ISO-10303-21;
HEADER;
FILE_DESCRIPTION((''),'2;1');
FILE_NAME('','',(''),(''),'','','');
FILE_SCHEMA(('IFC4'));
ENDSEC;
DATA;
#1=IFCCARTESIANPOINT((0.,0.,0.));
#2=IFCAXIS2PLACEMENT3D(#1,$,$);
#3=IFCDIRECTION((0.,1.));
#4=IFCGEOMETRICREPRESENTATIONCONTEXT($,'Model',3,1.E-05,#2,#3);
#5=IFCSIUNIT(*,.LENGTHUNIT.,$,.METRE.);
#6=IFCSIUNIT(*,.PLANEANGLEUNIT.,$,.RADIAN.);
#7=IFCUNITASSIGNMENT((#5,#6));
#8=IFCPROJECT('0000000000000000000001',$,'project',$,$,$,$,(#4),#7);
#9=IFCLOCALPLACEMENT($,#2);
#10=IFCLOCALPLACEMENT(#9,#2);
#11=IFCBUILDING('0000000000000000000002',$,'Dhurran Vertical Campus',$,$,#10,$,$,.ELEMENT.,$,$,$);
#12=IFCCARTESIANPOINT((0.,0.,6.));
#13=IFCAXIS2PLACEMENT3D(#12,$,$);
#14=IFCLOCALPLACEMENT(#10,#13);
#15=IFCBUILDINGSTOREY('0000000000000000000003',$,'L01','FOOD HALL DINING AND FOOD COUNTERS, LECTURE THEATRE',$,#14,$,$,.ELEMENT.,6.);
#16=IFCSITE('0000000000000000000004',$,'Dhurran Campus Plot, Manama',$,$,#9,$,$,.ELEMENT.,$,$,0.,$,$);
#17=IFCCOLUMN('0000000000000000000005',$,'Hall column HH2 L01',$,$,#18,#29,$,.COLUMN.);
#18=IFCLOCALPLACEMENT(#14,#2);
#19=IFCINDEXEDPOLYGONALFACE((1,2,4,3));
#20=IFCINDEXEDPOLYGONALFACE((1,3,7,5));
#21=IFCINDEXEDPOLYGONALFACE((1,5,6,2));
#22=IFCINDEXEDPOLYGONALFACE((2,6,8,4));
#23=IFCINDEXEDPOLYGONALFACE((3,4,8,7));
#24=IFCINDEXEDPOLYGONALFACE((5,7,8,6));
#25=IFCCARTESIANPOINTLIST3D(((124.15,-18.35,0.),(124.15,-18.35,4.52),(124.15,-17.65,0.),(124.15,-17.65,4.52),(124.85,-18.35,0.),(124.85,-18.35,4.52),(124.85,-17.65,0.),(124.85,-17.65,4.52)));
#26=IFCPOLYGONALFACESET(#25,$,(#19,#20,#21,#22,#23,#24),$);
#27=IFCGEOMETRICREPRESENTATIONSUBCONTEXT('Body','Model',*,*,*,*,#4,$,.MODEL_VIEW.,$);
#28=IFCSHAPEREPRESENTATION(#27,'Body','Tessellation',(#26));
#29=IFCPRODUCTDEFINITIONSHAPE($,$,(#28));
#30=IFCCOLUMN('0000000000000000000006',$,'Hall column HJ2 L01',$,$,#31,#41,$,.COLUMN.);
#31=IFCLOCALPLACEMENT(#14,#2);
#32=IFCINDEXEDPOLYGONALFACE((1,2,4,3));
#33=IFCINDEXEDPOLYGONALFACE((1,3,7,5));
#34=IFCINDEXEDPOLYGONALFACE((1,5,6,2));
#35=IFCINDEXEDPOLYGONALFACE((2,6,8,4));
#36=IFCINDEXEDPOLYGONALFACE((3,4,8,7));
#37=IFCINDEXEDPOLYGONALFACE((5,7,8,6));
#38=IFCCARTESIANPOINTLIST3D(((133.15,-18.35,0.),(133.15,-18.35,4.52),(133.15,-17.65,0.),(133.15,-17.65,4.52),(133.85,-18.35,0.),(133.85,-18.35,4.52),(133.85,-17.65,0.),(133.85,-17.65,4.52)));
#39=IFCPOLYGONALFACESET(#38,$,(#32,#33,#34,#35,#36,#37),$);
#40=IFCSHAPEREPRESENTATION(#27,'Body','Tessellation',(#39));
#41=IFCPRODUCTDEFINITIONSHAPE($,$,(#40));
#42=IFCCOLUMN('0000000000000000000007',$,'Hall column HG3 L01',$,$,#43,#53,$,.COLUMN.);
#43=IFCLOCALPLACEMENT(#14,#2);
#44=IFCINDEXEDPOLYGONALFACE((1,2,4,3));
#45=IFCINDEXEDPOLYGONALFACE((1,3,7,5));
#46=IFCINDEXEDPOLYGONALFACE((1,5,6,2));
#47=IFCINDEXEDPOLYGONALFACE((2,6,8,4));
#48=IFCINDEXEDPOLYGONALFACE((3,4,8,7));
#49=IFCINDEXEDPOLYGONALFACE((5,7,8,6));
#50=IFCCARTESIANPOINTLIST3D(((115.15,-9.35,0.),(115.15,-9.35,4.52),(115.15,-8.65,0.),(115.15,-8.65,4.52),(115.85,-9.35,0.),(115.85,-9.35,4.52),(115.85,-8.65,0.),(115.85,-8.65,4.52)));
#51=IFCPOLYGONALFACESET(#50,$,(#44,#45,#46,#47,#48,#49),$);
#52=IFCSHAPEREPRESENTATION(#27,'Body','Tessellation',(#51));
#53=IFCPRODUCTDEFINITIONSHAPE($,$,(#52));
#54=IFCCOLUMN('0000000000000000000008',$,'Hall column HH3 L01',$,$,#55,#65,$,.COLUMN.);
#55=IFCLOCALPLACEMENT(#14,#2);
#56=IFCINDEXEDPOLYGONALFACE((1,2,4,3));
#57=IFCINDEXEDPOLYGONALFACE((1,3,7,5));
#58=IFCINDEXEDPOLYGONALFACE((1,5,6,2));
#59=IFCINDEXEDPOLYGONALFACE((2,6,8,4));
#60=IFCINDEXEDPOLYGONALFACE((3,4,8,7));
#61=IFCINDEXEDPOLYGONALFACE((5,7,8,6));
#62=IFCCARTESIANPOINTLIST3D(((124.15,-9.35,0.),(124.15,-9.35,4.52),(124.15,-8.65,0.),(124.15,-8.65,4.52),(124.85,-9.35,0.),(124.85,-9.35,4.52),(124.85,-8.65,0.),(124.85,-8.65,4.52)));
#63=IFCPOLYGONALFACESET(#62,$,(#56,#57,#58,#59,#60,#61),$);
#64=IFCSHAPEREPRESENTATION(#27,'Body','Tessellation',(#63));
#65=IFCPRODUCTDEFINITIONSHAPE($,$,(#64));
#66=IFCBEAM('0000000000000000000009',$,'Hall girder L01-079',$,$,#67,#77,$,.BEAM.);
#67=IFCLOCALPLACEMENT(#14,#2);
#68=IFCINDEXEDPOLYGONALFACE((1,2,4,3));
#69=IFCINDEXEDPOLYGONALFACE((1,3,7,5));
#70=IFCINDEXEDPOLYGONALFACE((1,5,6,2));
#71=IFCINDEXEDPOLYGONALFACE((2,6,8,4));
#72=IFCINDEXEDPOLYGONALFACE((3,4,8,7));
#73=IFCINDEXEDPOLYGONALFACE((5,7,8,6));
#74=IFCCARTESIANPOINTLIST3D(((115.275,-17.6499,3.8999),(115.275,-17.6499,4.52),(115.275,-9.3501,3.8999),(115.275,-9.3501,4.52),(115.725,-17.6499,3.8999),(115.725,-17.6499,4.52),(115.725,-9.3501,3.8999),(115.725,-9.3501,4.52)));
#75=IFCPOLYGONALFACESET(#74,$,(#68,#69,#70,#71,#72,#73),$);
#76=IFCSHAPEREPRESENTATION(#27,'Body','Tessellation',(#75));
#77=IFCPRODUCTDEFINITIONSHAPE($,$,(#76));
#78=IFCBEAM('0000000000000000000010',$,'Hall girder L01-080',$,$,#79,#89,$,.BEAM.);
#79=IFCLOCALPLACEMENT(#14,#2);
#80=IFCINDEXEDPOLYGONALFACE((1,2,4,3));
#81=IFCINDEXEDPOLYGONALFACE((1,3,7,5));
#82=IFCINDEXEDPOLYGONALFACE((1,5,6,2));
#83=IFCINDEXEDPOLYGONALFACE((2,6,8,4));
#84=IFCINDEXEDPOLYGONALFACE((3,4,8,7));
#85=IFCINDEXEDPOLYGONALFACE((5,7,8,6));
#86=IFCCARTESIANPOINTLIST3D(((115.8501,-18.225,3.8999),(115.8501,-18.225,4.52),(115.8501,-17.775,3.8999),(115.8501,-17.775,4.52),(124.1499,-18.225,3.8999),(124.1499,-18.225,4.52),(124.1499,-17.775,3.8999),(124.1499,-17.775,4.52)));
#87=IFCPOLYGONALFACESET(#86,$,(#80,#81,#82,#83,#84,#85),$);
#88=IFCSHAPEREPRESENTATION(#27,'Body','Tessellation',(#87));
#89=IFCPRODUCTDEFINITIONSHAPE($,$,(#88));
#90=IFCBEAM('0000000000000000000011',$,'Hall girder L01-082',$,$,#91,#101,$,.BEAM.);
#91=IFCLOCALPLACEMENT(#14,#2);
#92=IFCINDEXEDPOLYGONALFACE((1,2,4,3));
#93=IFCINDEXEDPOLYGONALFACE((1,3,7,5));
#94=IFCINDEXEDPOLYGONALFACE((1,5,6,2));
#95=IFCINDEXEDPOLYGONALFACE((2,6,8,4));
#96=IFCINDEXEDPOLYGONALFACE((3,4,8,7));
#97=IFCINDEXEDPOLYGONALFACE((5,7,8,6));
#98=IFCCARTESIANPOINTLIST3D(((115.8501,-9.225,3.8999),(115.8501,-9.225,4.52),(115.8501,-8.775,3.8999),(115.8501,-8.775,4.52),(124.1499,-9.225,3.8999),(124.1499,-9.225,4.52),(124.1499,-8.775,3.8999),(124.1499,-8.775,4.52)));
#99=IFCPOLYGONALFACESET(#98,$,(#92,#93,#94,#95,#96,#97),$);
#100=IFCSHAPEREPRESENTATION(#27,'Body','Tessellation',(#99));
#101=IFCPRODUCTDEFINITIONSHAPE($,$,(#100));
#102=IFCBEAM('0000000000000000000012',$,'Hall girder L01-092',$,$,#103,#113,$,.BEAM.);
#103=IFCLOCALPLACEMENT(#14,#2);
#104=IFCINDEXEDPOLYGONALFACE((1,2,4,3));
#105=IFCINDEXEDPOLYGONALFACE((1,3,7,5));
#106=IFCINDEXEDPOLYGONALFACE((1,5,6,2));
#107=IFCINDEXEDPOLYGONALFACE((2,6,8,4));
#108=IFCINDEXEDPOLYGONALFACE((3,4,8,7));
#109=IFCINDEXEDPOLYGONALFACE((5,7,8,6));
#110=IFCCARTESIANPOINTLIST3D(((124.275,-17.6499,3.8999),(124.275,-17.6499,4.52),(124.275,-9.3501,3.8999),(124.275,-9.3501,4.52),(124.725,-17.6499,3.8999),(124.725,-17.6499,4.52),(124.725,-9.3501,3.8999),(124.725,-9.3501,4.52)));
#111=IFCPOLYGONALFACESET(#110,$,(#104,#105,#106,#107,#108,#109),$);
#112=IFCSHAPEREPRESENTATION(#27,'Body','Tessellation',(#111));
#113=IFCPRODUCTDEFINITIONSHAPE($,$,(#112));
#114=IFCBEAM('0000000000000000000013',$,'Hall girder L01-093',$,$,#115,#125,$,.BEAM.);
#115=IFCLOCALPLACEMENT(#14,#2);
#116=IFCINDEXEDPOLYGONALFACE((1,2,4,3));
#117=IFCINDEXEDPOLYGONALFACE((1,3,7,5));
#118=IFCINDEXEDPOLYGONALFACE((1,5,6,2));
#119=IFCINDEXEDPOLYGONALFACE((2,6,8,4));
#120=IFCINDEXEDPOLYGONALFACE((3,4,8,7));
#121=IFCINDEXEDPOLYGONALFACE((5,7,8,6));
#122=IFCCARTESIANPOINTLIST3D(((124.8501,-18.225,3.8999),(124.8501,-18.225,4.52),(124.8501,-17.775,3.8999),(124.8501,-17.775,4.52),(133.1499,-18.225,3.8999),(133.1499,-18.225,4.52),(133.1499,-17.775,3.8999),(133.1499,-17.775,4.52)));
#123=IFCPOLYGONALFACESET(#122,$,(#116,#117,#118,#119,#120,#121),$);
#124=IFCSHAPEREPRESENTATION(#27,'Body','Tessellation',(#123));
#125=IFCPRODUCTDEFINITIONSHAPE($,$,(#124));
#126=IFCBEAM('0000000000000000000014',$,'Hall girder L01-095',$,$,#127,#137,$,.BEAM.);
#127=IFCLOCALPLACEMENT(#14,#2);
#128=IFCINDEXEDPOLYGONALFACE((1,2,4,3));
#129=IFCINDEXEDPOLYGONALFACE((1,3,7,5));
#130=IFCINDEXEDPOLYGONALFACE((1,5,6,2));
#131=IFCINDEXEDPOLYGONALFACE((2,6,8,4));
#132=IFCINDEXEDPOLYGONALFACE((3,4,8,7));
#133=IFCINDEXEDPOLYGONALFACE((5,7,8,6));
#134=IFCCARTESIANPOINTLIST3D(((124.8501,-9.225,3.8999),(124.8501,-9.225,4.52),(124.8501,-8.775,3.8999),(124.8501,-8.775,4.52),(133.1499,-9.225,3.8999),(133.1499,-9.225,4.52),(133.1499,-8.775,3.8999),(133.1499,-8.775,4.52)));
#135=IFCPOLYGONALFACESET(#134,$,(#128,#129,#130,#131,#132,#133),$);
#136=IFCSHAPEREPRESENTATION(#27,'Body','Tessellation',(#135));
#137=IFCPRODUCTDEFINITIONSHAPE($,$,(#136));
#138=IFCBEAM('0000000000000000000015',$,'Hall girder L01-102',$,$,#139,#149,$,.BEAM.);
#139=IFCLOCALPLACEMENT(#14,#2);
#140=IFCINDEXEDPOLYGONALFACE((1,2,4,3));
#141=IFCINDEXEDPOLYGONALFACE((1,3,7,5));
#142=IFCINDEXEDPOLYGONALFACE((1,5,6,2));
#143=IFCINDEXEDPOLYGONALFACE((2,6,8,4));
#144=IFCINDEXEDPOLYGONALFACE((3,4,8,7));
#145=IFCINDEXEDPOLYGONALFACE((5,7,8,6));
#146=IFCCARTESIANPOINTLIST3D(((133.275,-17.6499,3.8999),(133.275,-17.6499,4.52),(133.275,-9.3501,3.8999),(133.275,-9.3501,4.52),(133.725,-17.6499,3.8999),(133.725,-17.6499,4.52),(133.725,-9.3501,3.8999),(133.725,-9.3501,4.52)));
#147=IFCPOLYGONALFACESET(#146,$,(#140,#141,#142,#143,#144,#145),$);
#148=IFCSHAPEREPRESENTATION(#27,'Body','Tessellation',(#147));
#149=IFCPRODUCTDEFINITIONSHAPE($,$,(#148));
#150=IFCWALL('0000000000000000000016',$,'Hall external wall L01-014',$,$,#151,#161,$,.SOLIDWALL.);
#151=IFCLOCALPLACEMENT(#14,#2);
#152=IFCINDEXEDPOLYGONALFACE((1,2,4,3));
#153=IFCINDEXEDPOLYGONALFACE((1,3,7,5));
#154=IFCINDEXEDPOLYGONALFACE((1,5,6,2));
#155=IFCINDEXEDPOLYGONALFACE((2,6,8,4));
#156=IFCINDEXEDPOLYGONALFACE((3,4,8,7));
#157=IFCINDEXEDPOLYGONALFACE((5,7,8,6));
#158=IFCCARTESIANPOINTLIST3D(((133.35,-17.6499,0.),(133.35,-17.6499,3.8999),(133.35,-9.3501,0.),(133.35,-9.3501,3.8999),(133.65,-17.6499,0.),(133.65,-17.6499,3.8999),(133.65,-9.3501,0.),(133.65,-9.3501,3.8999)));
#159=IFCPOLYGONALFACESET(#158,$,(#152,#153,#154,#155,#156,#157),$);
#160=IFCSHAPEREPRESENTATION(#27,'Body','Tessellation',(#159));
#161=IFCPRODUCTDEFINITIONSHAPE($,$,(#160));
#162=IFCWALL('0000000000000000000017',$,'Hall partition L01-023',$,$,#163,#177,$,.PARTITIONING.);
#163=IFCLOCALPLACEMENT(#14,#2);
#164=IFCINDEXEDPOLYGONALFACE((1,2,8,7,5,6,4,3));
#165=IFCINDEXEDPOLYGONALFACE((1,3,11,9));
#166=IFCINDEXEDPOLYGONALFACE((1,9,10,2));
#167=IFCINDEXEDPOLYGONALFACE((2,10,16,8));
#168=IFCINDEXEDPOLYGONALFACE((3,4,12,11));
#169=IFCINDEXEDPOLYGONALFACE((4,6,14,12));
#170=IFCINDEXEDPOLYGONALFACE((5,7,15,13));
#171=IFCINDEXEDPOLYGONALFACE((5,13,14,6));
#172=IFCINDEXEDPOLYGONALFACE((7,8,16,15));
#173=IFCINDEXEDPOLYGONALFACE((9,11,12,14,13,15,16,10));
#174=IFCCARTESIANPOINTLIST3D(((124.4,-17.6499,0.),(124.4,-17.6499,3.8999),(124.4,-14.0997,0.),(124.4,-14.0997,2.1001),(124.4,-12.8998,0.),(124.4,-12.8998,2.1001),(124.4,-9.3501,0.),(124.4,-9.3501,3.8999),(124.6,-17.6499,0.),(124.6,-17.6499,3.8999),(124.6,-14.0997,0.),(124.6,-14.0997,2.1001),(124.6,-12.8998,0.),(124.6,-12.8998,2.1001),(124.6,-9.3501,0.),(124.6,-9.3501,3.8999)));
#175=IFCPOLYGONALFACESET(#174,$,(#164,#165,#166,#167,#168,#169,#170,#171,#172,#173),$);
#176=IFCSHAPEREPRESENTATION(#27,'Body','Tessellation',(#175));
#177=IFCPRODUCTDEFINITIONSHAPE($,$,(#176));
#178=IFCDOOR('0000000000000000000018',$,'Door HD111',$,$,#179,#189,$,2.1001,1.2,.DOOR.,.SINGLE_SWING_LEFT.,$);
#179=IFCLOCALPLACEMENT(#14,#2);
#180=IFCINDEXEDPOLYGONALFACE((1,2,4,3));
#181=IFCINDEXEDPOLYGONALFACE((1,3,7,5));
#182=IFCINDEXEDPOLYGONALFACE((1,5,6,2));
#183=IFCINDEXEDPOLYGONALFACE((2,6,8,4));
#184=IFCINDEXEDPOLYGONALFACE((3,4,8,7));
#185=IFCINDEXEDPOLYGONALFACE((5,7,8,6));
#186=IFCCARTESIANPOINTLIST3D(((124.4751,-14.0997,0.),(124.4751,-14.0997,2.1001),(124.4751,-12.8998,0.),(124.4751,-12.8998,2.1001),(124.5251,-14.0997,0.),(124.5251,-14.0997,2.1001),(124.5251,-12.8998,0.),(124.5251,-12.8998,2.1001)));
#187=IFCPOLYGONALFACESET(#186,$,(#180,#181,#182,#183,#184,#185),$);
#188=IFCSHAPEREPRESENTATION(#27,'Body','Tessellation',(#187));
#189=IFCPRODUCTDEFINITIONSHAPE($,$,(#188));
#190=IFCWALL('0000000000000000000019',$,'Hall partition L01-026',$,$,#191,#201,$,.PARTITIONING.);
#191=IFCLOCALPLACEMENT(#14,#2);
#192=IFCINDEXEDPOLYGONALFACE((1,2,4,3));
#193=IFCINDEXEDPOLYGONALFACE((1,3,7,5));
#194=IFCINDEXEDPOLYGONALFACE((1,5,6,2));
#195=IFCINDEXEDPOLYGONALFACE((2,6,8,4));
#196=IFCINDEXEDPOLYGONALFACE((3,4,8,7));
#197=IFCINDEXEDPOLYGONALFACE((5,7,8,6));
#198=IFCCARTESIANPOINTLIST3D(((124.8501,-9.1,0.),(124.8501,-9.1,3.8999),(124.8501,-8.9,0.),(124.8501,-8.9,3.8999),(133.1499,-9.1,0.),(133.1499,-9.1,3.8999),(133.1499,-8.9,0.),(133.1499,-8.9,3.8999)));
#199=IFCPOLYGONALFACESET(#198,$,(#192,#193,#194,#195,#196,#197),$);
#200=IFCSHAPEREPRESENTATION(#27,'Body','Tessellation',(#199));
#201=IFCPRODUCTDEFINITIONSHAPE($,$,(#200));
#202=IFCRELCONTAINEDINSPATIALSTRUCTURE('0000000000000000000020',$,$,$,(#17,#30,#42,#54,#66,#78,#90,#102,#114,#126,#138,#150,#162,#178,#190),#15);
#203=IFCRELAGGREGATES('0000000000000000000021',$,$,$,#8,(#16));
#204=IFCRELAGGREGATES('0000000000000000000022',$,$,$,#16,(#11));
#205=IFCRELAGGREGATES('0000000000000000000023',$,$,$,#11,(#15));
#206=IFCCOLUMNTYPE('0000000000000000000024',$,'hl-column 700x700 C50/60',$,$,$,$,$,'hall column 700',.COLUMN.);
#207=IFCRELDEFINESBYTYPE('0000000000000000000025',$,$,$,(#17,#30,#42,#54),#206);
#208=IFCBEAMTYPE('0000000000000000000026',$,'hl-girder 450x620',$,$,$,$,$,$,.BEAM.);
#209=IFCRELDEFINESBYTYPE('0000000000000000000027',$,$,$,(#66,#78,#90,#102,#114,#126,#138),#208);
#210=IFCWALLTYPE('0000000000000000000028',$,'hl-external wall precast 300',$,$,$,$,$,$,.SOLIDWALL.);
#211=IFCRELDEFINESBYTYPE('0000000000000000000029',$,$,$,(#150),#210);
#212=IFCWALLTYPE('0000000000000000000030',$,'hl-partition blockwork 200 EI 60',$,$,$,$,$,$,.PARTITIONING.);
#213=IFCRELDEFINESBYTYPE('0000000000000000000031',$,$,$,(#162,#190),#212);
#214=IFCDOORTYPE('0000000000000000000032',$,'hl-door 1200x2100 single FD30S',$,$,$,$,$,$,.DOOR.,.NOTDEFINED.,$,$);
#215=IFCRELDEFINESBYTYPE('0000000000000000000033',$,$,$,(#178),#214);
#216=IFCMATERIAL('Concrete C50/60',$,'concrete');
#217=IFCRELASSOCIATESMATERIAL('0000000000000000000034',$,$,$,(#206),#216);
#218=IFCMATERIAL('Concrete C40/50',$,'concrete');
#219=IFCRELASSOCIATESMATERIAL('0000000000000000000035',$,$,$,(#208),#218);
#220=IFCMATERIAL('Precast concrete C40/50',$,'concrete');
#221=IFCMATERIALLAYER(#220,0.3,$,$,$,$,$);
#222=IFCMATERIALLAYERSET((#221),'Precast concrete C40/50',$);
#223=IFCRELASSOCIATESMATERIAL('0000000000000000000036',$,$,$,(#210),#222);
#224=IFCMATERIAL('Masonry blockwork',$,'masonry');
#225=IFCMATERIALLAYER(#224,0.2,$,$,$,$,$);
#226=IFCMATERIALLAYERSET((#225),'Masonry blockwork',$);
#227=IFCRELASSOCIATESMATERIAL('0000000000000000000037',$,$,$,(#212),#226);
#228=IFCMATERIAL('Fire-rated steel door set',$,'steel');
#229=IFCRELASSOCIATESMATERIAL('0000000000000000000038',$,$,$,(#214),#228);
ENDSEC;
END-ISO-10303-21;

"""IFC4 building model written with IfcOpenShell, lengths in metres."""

from ifc_helpers import new_model, si_unit, direction, frame, frame_2d, origin, origin_2d, place, context, subcontext, project, spatial, rectangle, extrude, material, layer, layer_set, material_profile, profile_set, type_object, element, fill, save


model = new_model("IFC4")

# Units and contexts
model_context = context("Model", 3, precision=1e-05, world=origin(), true_north=direction((0.0, 1.0)))
body_context = subcontext(model_context, "Body", "Model", "MODEL_VIEW")
ifc_project = project(units=[si_unit("LENGTHUNIT", "METRE"), si_unit("PLANEANGLEUNIT", "RADIAN")], contexts=[model_context])

# Site, building, storey
site_placement = place(None, origin())
site = spatial("IfcSite", under=ifc_project, at=site_placement, Name="Dhurran Campus Plot, Manama", CompositionType="ELEMENT", RefElevation=0.0)
building_placement = place(site_placement, origin())
building = spatial("IfcBuilding", under=site, at=building_placement, Name="Dhurran Vertical Campus", CompositionType="ELEMENT")
storey_placement = place(building_placement, frame((0.0, 0.0, 6.0)))
storey = spatial("IfcBuildingStorey", under=building, at=storey_placement, Name="L01", Description="FOOD HALL DINING AND FOOD COUNTERS, LECTURE THEATRE", CompositionType="ELEMENT", Elevation=6.0)

# Columns
ifc_material_1 = material(Name="Concrete C50/60", Category="concrete")
ifc_material_profile_1 = material_profile(ifc_material_1, rectangle(XDim=0.7, YDim=0.7, at=origin_2d()), Name="hl-column 700x700 C50/60")
ifc_profile_set_1 = profile_set([ifc_material_profile_1], Name="Concrete C50/60")
column_type = type_object("IfcColumnType", Name="hl-column 700x700 C50/60", ElementType="hall column 700", PredefinedType="COLUMN", material=ifc_profile_set_1)
for number, where, z_axis, x_axis, name in (
    (1, (124.5, -18.0, 0.0), (0.0, 0.0, 1.0), (1.0, 0.0, 0.0), "Hall column HH2 L01"),
    (2, (133.5, -18.0, 0.0), (0.0, 0.0, 1.0), (1.0, 0.0, 0.0), "Hall column HJ2 L01"),
    (3, (115.5, -9.0, 0.0), (0.0, 0.0, 1.0), (1.0, 0.0, 0.0), "Hall column HG3 L01"),
    (4, (124.5, -9.0, 0.0), (0.0, 0.0, 1.0), (1.0, 0.0, 0.0), "Hall column HH3 L01"),
):
    element("IfcColumn", number, at=place(storey_placement, frame(where, z_axis=z_axis, x_axis=x_axis)), inside=storey, type_object=column_type, Name=name, PredefinedType="COLUMN", context=body_context, shape_type="SweptSolid", body=[
        extrude(rectangle(XDim=0.7, YDim=0.7, at=origin_2d()), origin(), (0.0, 0.0, 1.0), 4.52),
    ])

# Beams
ifc_material_2 = material(Name="Concrete C40/50", Category="concrete")
ifc_material_profile_2 = material_profile(ifc_material_2, rectangle(XDim=0.45, YDim=0.6201, at=origin_2d()), Name="hl-girder 450x620")
ifc_profile_set_2 = profile_set([ifc_material_profile_2], Name="Concrete C40/50")
beam_type = type_object("IfcBeamType", Name="hl-girder 450x620", PredefinedType="BEAM", material=ifc_profile_set_2)
for number, where, z_axis, x_axis, name in (
    (5, (115.5, -17.6499, 4.21), (0.0, 1.0, 0.0), (-1.0, 0.0, 0.0), "Hall girder L01-079"),
    (6, (115.8501, -18.0, 4.21), (1.0, 0.0, 0.0), (0.0, 1.0, 0.0), "Hall girder L01-080"),
    (7, (115.8501, -9.0, 4.21), (1.0, 0.0, 0.0), (0.0, 1.0, 0.0), "Hall girder L01-082"),
    (8, (124.5, -17.6499, 4.21), (0.0, 1.0, 0.0), (-1.0, 0.0, 0.0), "Hall girder L01-092"),
    (9, (124.8501, -18.0, 4.21), (1.0, 0.0, 0.0), (0.0, 1.0, 0.0), "Hall girder L01-093"),
    (10, (124.8501, -9.0, 4.21), (1.0, 0.0, 0.0), (0.0, 1.0, 0.0), "Hall girder L01-095"),
    (11, (133.5, -17.6499, 4.21), (0.0, 1.0, 0.0), (-1.0, 0.0, 0.0), "Hall girder L01-102"),
):
    element("IfcBeam", number, at=place(storey_placement, frame(where, z_axis=z_axis, x_axis=x_axis)), inside=storey, type_object=beam_type, Name=name, PredefinedType="BEAM", context=body_context, shape_type="SweptSolid", body=[
        extrude(rectangle(XDim=0.45, YDim=0.6201, at=origin_2d()), origin(), (0.0, 0.0, 1.0), 8.2998),
    ])

# Wall
ifc_material_3 = material(Name="Precast concrete C40/50", Category="concrete")
ifc_layer_1 = layer(ifc_material_3, 0.3)
ifc_layer_set_1 = layer_set([ifc_layer_1], Name="Precast concrete C40/50")
wall_type_1 = type_object("IfcWallType", Name="hl-external wall precast 300", PredefinedType="SOLIDWALL", material=ifc_layer_set_1)
wall_1_placement = place(storey_placement, frame((133.5, -17.6499, 0.0), z_axis=(0.0, 0.0, 1.0), x_axis=(0.0, 1.0, 0.0)))
element("IfcWall", 12, at=wall_1_placement, inside=storey, type_object=wall_type_1, Name="Hall external wall L01-014", PredefinedType="SOLIDWALL", context=body_context, shape_type="SweptSolid", body=[
    extrude(rectangle(XDim=8.2998, YDim=0.3, at=frame_2d((4.1499, 0.0))), origin(), (0.0, 0.0, 1.0), 3.8999),
])

# Wall, opening, door
ifc_material_4 = material(Name="Masonry blockwork", Category="masonry")
ifc_layer_2 = layer(ifc_material_4, 0.2)
ifc_layer_set_2 = layer_set([ifc_layer_2], Name="Masonry blockwork")
wall_type_2 = type_object("IfcWallType", Name="hl-partition blockwork 200 EI 60", PredefinedType="PARTITIONING", material=ifc_layer_set_2)
wall_2_placement = place(storey_placement, frame((124.5, -17.6499, 0.0), z_axis=(0.0, 0.0, 1.0), x_axis=(0.0, 1.0, 0.0)))
wall_2 = element("IfcWall", 13, at=wall_2_placement, inside=storey, type_object=wall_type_2, Name="Hall partition L01-023", PredefinedType="PARTITIONING", context=body_context, shape_type="SweptSolid", body=[
    extrude(rectangle(XDim=8.2998, YDim=0.2, at=frame_2d((4.1499, 0.0))), origin(), (0.0, 0.0, 1.0), 3.8999),
])
opening_1_placement = place(wall_2_placement, frame((3.55, 0.0, 0.0)))
opening_1 = element("IfcOpeningElement", 14, at=opening_1_placement, cuts=wall_2, PredefinedType="OPENING", context=body_context, shape_type="SweptSolid", body=[
    extrude(rectangle(XDim=1.2, YDim=2.1001, at=frame_2d((0.6001, 1.05))), frame((0.0, 0.1099, 0.0), z_axis=(0.0, -1.0, 0.0), x_axis=(1.0, 0.0, 0.0)), (0.0, 0.0, 1.0), 0.22),
])
ifc_material_5 = material(Name="Fire-rated steel door set", Category="steel")
door_type_1 = type_object("IfcDoorType", Name="hl-door 1200x2100 single FD30S", OperationType="NOTDEFINED", PredefinedType="DOOR", material=ifc_material_5)
door_1_placement = place(opening_1_placement, origin())
door_1 = element("IfcDoor", 15, at=door_1_placement, inside=storey, type_object=door_type_1, Name="Door HD111", OperationType="SINGLE_SWING_LEFT", OverallHeight=2.1001, OverallWidth=1.2, PredefinedType="DOOR", context=body_context, shape_type="SweptSolid", body=[
    extrude(rectangle(XDim=1.2, YDim=2.1001, at=frame_2d((0.6001, 1.05))), frame((0.0, 0.0249, 0.0), z_axis=(0.0, -1.0, 0.0), x_axis=(1.0, 0.0, 0.0)), (0.0, 0.0, 1.0), 0.05),
])
fill(opening_1, door_1)

# Wall
wall_3_placement = place(storey_placement, frame((124.8501, -9.0, 0.0), z_axis=(0.0, 0.0, 1.0), x_axis=(1.0, 0.0, 0.0)))
element("IfcWall", 16, at=wall_3_placement, inside=storey, type_object=wall_type_2, Name="Hall partition L01-026", PredefinedType="PARTITIONING", context=body_context, shape_type="SweptSolid", body=[
    extrude(rectangle(XDim=8.2998, YDim=0.2, at=frame_2d((4.1499, 0.0))), origin(), (0.0, 0.0, 1.0), 3.8999),
])

save(model, "model.ifc")
